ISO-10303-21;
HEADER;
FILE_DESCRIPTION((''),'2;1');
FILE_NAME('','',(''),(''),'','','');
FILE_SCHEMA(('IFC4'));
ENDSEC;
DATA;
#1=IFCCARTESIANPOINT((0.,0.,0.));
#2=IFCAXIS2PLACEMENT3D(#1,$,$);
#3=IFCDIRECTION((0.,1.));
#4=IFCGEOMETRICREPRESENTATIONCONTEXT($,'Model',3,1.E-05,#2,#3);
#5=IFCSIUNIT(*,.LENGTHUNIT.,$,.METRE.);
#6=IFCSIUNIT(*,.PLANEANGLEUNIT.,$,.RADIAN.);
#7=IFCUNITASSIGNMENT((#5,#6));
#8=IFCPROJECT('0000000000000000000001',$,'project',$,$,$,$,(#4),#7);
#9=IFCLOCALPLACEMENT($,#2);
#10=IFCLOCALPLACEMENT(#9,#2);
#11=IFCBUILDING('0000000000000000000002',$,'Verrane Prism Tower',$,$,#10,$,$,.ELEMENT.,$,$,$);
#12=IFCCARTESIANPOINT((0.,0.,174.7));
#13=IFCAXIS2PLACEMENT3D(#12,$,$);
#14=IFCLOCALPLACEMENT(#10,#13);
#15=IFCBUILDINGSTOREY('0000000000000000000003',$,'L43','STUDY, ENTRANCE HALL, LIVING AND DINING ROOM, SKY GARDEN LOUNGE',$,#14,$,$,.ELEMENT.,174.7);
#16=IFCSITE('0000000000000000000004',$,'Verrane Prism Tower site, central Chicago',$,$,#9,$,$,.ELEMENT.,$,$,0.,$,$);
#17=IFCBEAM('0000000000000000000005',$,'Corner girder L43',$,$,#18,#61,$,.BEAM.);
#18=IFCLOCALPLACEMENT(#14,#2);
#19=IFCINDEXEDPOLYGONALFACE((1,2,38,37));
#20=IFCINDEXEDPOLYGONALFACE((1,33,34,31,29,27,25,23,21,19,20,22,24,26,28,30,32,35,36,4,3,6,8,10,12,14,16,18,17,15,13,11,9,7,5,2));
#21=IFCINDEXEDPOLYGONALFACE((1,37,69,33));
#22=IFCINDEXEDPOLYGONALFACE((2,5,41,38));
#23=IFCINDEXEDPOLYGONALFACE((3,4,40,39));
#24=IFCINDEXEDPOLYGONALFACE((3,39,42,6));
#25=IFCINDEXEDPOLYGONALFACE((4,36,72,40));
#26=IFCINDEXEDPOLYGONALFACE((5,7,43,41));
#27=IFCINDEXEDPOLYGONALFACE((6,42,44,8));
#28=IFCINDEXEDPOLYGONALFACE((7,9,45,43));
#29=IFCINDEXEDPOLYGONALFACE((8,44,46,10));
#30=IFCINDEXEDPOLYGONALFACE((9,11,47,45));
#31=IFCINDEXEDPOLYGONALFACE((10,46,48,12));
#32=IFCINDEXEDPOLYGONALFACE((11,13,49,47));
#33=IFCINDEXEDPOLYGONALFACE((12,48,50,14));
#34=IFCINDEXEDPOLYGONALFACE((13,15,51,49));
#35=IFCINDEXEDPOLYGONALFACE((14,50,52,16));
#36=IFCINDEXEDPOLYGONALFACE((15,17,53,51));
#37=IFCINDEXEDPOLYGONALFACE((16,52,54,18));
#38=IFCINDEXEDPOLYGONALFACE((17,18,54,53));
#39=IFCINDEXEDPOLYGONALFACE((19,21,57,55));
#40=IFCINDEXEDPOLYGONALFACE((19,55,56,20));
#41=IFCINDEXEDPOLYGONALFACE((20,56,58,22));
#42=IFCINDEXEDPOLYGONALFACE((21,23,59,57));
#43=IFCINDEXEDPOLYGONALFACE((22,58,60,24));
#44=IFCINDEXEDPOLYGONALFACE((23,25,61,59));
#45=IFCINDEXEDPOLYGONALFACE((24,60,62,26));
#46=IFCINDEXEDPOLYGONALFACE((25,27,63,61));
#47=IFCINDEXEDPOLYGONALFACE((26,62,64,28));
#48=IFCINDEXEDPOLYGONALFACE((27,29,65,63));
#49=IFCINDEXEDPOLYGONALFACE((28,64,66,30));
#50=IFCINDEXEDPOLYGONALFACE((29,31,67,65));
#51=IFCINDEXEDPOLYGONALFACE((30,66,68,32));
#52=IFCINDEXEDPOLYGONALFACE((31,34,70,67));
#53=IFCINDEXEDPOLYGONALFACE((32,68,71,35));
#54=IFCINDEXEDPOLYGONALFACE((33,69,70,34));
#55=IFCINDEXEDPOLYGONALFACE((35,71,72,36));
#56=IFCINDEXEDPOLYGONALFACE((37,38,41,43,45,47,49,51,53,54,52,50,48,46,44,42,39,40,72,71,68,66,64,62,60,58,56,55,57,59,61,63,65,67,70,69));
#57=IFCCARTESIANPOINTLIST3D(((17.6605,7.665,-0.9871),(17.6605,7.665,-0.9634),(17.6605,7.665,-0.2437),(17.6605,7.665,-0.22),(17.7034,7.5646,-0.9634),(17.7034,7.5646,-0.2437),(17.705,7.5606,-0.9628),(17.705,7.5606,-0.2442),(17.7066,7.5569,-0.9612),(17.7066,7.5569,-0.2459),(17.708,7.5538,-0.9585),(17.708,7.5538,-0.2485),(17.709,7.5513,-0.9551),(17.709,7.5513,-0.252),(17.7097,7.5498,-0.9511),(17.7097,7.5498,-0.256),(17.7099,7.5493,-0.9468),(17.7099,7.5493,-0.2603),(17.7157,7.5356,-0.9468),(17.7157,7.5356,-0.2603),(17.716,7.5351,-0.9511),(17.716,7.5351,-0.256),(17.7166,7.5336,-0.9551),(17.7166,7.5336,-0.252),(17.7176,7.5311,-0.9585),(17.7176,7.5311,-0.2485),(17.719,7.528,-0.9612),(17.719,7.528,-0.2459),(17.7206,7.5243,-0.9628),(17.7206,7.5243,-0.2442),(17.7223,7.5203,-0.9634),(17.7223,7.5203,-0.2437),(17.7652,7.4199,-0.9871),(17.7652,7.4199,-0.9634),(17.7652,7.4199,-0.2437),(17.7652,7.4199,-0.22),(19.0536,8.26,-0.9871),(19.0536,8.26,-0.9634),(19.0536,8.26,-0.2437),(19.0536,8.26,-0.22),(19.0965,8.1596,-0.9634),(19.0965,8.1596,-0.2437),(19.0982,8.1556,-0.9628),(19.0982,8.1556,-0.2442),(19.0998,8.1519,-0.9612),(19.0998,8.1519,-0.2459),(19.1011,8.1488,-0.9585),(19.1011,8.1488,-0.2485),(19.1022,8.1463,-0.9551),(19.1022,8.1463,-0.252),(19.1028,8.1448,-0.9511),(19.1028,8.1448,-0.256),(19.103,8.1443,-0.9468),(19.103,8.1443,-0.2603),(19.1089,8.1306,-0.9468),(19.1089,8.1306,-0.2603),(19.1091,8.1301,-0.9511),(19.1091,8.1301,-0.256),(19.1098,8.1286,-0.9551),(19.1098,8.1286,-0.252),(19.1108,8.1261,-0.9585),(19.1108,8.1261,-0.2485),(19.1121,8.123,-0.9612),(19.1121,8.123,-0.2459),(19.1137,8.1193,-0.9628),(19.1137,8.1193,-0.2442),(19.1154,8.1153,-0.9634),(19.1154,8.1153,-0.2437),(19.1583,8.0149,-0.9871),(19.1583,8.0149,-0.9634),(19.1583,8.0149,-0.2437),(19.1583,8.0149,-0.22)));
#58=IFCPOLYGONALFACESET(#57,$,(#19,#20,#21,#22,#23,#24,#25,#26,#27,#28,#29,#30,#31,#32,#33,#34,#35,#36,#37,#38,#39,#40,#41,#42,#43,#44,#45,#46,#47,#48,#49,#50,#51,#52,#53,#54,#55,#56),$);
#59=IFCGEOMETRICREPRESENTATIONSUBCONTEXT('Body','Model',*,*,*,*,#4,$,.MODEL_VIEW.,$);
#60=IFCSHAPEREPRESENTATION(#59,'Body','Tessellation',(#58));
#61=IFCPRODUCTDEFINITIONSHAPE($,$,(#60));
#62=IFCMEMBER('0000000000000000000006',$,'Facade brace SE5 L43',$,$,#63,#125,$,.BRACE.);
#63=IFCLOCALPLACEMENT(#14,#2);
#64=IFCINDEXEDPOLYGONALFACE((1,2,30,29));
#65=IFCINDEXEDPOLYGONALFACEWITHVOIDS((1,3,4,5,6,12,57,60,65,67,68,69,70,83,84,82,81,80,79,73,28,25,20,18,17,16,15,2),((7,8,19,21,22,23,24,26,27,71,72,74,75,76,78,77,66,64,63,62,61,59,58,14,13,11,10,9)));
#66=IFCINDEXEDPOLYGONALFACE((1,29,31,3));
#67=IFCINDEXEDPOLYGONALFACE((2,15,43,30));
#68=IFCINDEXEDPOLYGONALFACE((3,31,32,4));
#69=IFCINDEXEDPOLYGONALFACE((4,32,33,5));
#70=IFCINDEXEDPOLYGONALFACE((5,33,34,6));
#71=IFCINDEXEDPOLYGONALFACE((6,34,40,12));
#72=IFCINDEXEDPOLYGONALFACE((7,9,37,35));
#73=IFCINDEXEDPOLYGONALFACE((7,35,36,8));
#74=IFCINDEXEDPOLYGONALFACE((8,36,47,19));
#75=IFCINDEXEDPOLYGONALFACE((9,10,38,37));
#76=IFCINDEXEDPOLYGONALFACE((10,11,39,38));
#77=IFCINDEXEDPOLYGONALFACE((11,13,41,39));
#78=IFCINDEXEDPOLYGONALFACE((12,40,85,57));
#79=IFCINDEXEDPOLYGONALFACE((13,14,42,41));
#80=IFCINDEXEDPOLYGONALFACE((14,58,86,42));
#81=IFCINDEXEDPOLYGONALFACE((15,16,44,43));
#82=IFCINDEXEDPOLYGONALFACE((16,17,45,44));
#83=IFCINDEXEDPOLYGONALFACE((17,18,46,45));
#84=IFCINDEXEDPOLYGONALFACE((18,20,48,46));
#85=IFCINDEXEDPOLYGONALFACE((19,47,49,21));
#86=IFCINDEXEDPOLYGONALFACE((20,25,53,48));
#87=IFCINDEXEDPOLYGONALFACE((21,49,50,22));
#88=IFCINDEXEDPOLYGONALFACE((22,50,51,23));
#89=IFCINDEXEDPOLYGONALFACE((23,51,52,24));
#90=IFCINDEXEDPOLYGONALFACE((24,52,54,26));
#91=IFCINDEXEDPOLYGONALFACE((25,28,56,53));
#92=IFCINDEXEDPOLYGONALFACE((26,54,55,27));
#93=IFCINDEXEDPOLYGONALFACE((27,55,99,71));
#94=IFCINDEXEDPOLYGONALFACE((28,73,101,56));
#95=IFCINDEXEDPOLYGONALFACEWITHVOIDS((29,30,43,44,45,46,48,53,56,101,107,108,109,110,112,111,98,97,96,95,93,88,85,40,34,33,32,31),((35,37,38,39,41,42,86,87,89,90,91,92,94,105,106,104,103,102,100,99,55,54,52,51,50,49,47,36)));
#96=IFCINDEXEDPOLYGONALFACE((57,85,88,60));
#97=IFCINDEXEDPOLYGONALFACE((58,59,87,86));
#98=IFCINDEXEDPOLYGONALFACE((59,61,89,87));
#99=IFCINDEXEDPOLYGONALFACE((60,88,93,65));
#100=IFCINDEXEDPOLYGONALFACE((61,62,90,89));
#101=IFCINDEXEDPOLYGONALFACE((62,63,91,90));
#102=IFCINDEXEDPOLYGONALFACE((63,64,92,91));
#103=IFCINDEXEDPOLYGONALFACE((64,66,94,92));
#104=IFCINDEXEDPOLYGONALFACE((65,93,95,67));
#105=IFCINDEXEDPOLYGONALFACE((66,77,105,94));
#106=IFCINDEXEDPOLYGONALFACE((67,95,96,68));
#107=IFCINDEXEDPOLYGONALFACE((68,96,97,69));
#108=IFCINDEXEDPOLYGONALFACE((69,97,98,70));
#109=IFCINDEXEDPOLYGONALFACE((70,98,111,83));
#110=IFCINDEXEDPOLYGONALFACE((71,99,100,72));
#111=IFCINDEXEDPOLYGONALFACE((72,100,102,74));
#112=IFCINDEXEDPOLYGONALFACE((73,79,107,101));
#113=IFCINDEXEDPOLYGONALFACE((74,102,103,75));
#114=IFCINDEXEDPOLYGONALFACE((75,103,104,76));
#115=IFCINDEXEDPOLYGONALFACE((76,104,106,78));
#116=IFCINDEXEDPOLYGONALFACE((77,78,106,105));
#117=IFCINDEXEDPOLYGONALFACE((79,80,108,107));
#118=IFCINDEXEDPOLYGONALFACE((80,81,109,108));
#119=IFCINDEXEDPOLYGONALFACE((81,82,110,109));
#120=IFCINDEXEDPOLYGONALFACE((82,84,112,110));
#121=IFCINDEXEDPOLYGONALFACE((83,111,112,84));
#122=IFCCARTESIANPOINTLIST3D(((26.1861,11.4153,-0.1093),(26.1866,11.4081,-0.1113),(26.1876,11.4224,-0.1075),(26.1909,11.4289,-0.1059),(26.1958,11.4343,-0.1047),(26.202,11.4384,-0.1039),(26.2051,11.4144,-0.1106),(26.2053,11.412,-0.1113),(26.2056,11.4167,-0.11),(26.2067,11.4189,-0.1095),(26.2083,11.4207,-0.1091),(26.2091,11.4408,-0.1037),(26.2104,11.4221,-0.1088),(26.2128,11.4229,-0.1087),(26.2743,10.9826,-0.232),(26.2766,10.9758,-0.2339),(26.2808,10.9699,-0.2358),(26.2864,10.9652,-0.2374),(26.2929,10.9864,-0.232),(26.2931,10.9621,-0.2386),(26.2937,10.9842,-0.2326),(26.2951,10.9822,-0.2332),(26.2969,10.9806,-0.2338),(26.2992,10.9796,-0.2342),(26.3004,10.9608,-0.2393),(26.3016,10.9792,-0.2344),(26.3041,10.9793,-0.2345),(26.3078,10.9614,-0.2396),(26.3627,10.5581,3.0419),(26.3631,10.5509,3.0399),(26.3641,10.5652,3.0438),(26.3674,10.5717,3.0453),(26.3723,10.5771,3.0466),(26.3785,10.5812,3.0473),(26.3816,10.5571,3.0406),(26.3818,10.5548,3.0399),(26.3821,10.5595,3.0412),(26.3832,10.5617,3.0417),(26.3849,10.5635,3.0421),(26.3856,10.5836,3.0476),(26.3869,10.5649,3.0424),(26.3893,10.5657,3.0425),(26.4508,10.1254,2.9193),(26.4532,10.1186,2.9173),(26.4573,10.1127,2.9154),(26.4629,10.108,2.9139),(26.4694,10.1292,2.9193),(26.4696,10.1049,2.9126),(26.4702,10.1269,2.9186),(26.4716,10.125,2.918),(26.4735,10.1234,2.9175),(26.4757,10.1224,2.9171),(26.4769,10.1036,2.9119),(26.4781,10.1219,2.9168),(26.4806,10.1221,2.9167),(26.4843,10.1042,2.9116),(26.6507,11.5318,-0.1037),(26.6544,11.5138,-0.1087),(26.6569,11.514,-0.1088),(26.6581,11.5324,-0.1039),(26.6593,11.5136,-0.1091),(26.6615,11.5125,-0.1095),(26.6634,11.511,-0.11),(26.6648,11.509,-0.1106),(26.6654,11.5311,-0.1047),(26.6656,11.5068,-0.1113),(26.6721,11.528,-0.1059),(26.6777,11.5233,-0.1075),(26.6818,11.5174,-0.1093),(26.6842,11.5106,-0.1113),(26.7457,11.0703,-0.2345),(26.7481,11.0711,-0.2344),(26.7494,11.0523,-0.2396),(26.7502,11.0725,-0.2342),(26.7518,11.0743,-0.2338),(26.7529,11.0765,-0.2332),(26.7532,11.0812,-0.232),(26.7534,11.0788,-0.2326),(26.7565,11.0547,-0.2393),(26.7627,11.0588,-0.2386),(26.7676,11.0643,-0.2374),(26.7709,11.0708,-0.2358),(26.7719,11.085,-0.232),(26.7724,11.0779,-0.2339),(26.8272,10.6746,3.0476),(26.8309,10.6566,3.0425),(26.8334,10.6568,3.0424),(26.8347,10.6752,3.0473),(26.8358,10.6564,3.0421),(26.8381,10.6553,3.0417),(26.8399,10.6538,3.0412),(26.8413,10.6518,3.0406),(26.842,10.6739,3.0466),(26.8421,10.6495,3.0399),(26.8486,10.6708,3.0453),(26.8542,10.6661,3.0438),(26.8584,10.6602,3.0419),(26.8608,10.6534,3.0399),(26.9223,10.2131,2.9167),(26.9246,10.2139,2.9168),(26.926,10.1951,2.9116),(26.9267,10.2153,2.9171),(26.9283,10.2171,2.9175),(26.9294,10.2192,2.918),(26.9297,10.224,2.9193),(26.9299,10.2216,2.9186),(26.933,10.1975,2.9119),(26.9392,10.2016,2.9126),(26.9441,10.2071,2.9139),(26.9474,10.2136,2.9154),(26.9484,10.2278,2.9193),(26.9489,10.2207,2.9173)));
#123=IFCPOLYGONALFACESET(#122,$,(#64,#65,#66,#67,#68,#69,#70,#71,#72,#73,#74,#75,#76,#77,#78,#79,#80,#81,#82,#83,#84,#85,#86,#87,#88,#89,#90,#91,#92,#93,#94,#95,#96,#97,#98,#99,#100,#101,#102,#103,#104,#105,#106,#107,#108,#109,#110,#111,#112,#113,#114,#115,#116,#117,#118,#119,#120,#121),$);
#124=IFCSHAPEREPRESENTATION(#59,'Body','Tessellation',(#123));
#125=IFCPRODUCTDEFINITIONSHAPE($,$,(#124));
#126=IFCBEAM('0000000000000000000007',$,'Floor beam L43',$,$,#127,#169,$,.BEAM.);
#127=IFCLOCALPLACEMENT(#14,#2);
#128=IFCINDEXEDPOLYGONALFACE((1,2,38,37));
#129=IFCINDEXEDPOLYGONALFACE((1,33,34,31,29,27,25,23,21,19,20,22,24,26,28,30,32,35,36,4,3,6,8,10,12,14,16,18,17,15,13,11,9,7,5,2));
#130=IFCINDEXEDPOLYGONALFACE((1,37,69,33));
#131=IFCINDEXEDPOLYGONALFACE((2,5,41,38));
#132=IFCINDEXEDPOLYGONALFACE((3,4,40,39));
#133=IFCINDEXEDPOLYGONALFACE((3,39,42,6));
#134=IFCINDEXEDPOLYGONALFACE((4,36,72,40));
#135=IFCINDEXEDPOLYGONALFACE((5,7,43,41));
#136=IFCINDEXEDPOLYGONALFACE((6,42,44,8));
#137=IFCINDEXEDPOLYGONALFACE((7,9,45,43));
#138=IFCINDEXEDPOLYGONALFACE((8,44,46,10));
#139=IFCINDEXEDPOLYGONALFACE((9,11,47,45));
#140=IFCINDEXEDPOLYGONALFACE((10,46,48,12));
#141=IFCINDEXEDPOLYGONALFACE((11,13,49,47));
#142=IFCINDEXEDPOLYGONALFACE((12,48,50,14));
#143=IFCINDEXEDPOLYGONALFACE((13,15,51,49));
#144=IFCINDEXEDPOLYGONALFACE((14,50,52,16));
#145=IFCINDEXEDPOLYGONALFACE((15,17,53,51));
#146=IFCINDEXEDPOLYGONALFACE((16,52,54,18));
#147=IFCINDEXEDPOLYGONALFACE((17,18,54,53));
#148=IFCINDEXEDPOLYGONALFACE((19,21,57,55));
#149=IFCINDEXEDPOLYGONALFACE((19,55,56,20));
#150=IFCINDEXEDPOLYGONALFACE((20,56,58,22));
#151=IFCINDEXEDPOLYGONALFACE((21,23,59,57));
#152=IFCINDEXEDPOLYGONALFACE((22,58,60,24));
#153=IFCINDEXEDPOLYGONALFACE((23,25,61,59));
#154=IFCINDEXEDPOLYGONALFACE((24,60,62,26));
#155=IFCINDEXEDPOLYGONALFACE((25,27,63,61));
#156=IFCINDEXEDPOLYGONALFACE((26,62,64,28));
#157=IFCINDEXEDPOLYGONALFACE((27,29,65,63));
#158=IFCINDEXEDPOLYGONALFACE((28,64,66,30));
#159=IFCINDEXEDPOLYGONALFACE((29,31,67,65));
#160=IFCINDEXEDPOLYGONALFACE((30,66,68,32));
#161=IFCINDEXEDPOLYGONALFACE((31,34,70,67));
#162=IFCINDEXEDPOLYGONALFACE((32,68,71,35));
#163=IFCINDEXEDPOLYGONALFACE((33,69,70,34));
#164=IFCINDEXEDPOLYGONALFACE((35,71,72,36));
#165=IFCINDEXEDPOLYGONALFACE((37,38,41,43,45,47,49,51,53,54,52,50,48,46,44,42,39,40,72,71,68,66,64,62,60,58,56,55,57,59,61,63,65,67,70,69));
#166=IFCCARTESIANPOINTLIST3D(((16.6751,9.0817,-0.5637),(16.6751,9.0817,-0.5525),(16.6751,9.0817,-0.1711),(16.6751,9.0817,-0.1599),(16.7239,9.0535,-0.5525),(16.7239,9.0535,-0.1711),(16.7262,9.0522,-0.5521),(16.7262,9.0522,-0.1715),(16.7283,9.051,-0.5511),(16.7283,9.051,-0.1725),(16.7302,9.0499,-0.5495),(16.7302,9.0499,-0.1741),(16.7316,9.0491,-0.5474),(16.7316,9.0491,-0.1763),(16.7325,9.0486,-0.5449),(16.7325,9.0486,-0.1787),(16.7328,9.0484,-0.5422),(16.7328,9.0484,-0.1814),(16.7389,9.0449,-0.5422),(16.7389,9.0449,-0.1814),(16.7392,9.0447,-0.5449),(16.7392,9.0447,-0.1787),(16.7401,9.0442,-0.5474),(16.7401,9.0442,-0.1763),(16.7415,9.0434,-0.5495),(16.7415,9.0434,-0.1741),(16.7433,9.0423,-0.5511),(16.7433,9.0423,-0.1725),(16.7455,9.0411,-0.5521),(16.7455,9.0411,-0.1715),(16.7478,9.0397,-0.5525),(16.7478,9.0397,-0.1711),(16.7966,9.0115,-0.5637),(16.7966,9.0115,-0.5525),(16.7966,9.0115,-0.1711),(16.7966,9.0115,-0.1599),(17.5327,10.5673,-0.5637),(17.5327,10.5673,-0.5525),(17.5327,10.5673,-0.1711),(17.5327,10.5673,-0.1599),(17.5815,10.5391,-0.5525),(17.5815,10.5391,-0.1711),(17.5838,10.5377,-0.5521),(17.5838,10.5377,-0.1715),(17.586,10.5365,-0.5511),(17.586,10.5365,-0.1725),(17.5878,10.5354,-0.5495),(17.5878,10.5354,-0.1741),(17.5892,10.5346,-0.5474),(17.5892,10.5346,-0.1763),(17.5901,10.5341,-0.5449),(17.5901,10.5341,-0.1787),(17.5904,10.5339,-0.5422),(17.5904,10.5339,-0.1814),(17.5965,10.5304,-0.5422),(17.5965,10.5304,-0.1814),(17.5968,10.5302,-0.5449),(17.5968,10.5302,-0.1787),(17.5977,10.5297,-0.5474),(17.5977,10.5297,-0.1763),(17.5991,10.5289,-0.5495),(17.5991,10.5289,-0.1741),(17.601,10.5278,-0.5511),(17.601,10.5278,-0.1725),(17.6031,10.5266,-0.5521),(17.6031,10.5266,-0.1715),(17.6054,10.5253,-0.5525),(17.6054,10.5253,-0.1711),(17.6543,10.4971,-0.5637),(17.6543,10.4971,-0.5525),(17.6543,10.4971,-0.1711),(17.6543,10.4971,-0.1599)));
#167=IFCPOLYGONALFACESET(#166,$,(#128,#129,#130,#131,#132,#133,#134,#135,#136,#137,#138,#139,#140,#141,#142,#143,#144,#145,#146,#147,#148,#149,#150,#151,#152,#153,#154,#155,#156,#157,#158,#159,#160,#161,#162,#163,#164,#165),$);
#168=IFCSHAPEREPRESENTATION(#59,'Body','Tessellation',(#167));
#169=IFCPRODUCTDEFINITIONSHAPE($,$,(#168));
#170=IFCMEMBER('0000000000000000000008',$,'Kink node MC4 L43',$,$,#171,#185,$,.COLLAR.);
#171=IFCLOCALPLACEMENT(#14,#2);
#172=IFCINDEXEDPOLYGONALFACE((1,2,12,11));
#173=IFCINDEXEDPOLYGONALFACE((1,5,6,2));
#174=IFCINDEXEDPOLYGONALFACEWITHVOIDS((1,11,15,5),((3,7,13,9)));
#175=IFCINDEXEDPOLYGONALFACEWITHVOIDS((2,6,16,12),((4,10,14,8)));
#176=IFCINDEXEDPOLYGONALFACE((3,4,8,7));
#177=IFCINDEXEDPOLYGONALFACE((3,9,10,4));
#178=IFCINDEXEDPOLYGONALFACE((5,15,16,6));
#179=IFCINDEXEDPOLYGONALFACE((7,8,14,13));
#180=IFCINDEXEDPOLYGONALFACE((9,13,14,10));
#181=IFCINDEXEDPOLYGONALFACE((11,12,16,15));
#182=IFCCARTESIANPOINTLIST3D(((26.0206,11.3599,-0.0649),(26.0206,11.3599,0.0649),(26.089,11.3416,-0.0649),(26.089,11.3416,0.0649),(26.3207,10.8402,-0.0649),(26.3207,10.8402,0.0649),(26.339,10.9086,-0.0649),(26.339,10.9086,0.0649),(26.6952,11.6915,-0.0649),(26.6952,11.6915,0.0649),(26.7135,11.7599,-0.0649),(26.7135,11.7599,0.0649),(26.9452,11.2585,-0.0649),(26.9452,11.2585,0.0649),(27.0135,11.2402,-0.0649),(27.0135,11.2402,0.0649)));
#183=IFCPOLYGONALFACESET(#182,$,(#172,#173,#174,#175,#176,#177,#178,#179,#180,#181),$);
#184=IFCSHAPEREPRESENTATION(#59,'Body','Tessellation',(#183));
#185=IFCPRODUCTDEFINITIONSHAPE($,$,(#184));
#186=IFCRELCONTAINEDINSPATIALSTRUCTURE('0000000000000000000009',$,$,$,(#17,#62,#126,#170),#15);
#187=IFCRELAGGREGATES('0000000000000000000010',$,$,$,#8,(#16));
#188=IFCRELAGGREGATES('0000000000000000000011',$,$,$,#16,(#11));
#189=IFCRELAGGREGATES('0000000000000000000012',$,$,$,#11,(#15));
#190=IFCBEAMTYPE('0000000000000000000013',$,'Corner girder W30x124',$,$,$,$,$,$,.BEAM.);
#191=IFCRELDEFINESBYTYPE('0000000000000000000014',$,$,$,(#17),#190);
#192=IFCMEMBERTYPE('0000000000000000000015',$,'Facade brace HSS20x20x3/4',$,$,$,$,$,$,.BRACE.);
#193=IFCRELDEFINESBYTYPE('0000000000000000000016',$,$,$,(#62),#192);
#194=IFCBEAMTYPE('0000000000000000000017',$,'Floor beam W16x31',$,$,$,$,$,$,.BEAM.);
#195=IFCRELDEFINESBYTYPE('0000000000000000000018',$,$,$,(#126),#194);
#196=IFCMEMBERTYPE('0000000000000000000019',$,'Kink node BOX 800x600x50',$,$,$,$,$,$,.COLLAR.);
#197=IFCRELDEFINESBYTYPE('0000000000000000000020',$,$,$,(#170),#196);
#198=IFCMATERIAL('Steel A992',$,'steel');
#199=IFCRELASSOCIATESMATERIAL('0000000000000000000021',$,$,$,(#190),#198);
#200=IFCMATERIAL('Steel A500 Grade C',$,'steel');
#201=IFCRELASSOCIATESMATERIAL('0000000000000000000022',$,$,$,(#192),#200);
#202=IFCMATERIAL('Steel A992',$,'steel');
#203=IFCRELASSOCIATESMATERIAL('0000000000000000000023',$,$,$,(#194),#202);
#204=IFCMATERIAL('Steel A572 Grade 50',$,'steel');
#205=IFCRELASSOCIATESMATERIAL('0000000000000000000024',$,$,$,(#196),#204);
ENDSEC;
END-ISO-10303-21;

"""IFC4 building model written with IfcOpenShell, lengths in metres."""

from ifc_helpers import new_model, si_unit, direction, frame, origin, origin_2d, place, context, subcontext, project, spatial, hollow_rectangle, i_section, extrude, material, material_profile, profile_set, type_object, element, save


model = new_model("IFC4")

# Units and contexts
model_context = context("Model", 3, precision=1e-05, world=origin(), true_north=direction((0.0, 1.0)))
body_context = subcontext(model_context, "Body", "Model", "MODEL_VIEW")
ifc_project = project(units=[si_unit("LENGTHUNIT", "METRE"), si_unit("PLANEANGLEUNIT", "RADIAN")], contexts=[model_context])

# Site, building, storey
site_placement = place(None, origin())
site = spatial("IfcSite", under=ifc_project, at=site_placement, Name="Verrane Prism Tower site, central Chicago", CompositionType="ELEMENT", RefElevation=0.0)
building_placement = place(site_placement, origin())
building = spatial("IfcBuilding", under=site, at=building_placement, Name="Verrane Prism Tower", CompositionType="ELEMENT")
storey_placement = place(building_placement, frame((0.0, 0.0, 174.7)))
storey = spatial("IfcBuildingStorey", under=building, at=storey_placement, Name="L43", Description="STUDY, ENTRANCE HALL, LIVING AND DINING ROOM, SKY GARDEN LOUNGE", CompositionType="ELEMENT", Elevation=174.7)

# Beam
ifc_material_1 = material(Name="Steel A992", Category="steel")
ifc_material_profile_1 = material_profile(ifc_material_1, i_section(OverallWidth=0.2666, OverallDepth=0.7671, WebThickness=0.0149, FlangeThickness=0.0237, FilletRadius=0.0166, at=origin_2d()), Name="W30x124")
ifc_profile_set_1 = profile_set([ifc_material_profile_1], Name="Steel A992")
beam_type_1 = type_object("IfcBeamType", Name="Corner girder W30x124", PredefinedType="BEAM", material=ifc_profile_set_1)
beam_1_placement = place(storey_placement, frame((19.106, 8.1375, -0.6035), z_axis=(-0.919636, -0.392771, 0.0), x_axis=(0.392771, -0.919636, 0.0)))
element("IfcBeam", 1, at=beam_1_placement, inside=storey, type_object=beam_type_1, Name="Corner girder L43", PredefinedType="BEAM", context=body_context, shape_type="SweptSolid", body=[
    extrude(i_section(OverallWidth=0.2666, OverallDepth=0.7671, WebThickness=0.0149, FlangeThickness=0.0237, FilletRadius=0.0166, at=origin_2d()), origin(), (0.0, 0.0, 1.0), 1.5149),
])

# Member
ifc_material_2 = material(Name="Steel A500 Grade C", Category="steel")
ifc_material_profile_2 = material_profile(ifc_material_2, hollow_rectangle(XDim=0.5081, YDim=0.5081, WallThickness=0.019, InnerFilletRadius=0.0095, OuterFilletRadius=0.0286, at=origin_2d()), Name="HSS20x20x3/4")
ifc_profile_set_2 = profile_set([ifc_material_profile_2], Name="Steel A500 Grade C")
member_type_1 = type_object("IfcMemberType", Name="Facade brace HSS20x20x3/4", PredefinedType="BRACE", material=ifc_profile_set_2)
member_1_placement = place(storey_placement, frame((26.4792, 11.2466, -0.1716), z_axis=(0.053973, -0.262102, 0.96353), x_axis=(0.979449, 0.201692, 0.0)))
element("IfcMember", 2, at=member_1_placement, inside=storey, type_object=member_type_1, Name="Facade brace SE5 L43", PredefinedType="BRACE", context=body_context, shape_type="SweptSolid", body=[
    extrude(hollow_rectangle(XDim=0.5081, YDim=0.5081, WallThickness=0.019, InnerFilletRadius=0.0095, OuterFilletRadius=0.0286, at=origin_2d()), origin(), (0.0, 0.0, 1.0), 3.2705),
])

# Beam
ifc_material_3 = material(Name="Steel A992", Category="steel")
ifc_material_profile_3 = material_profile(ifc_material_3, i_section(OverallWidth=0.1404, OverallDepth=0.4038, WebThickness=0.0071, FlangeThickness=0.0112, FilletRadius=0.0103, at=origin_2d()), Name="W16x31")
ifc_profile_set_3 = profile_set([ifc_material_profile_3], Name="Steel A992")
beam_type_2 = type_object("IfcBeamType", Name="Floor beam W16x31", PredefinedType="BEAM", material=ifc_profile_set_3)
beam_2_placement = place(storey_placement, frame((16.7358, 9.0466, -0.3618), z_axis=(0.499981, 0.866036, 0.0), x_axis=(-0.866036, 0.499981, 0.0)))
element("IfcBeam", 3, at=beam_2_placement, inside=storey, type_object=beam_type_2, Name="Floor beam L43", PredefinedType="BEAM", context=body_context, shape_type="SweptSolid", body=[
    extrude(i_section(OverallWidth=0.1404, OverallDepth=0.4038, WebThickness=0.0071, FlangeThickness=0.0112, FilletRadius=0.0103, at=origin_2d()), origin(), (0.0, 0.0, 1.0), 1.7153),
])

# Member
ifc_material_4 = material(Name="Steel A572 Grade 50", Category="steel")
ifc_material_profile_4 = material_profile(ifc_material_4, hollow_rectangle(XDim=0.6001, YDim=0.8, WallThickness=0.05, at=origin_2d()), Name="BOX 800x600x50")
ifc_profile_set_4 = profile_set([ifc_material_profile_4], Name="Steel A572 Grade 50")
member_type_2 = type_object("IfcMemberType", Name="Kink node BOX 800x600x50", PredefinedType="COLLAR", material=ifc_profile_set_4)
member_2_placement = place(storey_placement, frame((26.5171, 11.3, -0.0649), z_axis=(0.0, 0.0, 1.0), x_axis=(0.5, -0.866025, 0.0)))
element("IfcMember", 4, at=member_2_placement, inside=storey, type_object=member_type_2, Name="Kink node MC4 L43", PredefinedType="COLLAR", context=body_context, shape_type="SweptSolid", body=[
    extrude(hollow_rectangle(XDim=0.6001, YDim=0.8, WallThickness=0.05, at=origin_2d()), origin(), (0.0, 0.0, 1.0), 0.1299),
])

save(model, "model.ifc")
